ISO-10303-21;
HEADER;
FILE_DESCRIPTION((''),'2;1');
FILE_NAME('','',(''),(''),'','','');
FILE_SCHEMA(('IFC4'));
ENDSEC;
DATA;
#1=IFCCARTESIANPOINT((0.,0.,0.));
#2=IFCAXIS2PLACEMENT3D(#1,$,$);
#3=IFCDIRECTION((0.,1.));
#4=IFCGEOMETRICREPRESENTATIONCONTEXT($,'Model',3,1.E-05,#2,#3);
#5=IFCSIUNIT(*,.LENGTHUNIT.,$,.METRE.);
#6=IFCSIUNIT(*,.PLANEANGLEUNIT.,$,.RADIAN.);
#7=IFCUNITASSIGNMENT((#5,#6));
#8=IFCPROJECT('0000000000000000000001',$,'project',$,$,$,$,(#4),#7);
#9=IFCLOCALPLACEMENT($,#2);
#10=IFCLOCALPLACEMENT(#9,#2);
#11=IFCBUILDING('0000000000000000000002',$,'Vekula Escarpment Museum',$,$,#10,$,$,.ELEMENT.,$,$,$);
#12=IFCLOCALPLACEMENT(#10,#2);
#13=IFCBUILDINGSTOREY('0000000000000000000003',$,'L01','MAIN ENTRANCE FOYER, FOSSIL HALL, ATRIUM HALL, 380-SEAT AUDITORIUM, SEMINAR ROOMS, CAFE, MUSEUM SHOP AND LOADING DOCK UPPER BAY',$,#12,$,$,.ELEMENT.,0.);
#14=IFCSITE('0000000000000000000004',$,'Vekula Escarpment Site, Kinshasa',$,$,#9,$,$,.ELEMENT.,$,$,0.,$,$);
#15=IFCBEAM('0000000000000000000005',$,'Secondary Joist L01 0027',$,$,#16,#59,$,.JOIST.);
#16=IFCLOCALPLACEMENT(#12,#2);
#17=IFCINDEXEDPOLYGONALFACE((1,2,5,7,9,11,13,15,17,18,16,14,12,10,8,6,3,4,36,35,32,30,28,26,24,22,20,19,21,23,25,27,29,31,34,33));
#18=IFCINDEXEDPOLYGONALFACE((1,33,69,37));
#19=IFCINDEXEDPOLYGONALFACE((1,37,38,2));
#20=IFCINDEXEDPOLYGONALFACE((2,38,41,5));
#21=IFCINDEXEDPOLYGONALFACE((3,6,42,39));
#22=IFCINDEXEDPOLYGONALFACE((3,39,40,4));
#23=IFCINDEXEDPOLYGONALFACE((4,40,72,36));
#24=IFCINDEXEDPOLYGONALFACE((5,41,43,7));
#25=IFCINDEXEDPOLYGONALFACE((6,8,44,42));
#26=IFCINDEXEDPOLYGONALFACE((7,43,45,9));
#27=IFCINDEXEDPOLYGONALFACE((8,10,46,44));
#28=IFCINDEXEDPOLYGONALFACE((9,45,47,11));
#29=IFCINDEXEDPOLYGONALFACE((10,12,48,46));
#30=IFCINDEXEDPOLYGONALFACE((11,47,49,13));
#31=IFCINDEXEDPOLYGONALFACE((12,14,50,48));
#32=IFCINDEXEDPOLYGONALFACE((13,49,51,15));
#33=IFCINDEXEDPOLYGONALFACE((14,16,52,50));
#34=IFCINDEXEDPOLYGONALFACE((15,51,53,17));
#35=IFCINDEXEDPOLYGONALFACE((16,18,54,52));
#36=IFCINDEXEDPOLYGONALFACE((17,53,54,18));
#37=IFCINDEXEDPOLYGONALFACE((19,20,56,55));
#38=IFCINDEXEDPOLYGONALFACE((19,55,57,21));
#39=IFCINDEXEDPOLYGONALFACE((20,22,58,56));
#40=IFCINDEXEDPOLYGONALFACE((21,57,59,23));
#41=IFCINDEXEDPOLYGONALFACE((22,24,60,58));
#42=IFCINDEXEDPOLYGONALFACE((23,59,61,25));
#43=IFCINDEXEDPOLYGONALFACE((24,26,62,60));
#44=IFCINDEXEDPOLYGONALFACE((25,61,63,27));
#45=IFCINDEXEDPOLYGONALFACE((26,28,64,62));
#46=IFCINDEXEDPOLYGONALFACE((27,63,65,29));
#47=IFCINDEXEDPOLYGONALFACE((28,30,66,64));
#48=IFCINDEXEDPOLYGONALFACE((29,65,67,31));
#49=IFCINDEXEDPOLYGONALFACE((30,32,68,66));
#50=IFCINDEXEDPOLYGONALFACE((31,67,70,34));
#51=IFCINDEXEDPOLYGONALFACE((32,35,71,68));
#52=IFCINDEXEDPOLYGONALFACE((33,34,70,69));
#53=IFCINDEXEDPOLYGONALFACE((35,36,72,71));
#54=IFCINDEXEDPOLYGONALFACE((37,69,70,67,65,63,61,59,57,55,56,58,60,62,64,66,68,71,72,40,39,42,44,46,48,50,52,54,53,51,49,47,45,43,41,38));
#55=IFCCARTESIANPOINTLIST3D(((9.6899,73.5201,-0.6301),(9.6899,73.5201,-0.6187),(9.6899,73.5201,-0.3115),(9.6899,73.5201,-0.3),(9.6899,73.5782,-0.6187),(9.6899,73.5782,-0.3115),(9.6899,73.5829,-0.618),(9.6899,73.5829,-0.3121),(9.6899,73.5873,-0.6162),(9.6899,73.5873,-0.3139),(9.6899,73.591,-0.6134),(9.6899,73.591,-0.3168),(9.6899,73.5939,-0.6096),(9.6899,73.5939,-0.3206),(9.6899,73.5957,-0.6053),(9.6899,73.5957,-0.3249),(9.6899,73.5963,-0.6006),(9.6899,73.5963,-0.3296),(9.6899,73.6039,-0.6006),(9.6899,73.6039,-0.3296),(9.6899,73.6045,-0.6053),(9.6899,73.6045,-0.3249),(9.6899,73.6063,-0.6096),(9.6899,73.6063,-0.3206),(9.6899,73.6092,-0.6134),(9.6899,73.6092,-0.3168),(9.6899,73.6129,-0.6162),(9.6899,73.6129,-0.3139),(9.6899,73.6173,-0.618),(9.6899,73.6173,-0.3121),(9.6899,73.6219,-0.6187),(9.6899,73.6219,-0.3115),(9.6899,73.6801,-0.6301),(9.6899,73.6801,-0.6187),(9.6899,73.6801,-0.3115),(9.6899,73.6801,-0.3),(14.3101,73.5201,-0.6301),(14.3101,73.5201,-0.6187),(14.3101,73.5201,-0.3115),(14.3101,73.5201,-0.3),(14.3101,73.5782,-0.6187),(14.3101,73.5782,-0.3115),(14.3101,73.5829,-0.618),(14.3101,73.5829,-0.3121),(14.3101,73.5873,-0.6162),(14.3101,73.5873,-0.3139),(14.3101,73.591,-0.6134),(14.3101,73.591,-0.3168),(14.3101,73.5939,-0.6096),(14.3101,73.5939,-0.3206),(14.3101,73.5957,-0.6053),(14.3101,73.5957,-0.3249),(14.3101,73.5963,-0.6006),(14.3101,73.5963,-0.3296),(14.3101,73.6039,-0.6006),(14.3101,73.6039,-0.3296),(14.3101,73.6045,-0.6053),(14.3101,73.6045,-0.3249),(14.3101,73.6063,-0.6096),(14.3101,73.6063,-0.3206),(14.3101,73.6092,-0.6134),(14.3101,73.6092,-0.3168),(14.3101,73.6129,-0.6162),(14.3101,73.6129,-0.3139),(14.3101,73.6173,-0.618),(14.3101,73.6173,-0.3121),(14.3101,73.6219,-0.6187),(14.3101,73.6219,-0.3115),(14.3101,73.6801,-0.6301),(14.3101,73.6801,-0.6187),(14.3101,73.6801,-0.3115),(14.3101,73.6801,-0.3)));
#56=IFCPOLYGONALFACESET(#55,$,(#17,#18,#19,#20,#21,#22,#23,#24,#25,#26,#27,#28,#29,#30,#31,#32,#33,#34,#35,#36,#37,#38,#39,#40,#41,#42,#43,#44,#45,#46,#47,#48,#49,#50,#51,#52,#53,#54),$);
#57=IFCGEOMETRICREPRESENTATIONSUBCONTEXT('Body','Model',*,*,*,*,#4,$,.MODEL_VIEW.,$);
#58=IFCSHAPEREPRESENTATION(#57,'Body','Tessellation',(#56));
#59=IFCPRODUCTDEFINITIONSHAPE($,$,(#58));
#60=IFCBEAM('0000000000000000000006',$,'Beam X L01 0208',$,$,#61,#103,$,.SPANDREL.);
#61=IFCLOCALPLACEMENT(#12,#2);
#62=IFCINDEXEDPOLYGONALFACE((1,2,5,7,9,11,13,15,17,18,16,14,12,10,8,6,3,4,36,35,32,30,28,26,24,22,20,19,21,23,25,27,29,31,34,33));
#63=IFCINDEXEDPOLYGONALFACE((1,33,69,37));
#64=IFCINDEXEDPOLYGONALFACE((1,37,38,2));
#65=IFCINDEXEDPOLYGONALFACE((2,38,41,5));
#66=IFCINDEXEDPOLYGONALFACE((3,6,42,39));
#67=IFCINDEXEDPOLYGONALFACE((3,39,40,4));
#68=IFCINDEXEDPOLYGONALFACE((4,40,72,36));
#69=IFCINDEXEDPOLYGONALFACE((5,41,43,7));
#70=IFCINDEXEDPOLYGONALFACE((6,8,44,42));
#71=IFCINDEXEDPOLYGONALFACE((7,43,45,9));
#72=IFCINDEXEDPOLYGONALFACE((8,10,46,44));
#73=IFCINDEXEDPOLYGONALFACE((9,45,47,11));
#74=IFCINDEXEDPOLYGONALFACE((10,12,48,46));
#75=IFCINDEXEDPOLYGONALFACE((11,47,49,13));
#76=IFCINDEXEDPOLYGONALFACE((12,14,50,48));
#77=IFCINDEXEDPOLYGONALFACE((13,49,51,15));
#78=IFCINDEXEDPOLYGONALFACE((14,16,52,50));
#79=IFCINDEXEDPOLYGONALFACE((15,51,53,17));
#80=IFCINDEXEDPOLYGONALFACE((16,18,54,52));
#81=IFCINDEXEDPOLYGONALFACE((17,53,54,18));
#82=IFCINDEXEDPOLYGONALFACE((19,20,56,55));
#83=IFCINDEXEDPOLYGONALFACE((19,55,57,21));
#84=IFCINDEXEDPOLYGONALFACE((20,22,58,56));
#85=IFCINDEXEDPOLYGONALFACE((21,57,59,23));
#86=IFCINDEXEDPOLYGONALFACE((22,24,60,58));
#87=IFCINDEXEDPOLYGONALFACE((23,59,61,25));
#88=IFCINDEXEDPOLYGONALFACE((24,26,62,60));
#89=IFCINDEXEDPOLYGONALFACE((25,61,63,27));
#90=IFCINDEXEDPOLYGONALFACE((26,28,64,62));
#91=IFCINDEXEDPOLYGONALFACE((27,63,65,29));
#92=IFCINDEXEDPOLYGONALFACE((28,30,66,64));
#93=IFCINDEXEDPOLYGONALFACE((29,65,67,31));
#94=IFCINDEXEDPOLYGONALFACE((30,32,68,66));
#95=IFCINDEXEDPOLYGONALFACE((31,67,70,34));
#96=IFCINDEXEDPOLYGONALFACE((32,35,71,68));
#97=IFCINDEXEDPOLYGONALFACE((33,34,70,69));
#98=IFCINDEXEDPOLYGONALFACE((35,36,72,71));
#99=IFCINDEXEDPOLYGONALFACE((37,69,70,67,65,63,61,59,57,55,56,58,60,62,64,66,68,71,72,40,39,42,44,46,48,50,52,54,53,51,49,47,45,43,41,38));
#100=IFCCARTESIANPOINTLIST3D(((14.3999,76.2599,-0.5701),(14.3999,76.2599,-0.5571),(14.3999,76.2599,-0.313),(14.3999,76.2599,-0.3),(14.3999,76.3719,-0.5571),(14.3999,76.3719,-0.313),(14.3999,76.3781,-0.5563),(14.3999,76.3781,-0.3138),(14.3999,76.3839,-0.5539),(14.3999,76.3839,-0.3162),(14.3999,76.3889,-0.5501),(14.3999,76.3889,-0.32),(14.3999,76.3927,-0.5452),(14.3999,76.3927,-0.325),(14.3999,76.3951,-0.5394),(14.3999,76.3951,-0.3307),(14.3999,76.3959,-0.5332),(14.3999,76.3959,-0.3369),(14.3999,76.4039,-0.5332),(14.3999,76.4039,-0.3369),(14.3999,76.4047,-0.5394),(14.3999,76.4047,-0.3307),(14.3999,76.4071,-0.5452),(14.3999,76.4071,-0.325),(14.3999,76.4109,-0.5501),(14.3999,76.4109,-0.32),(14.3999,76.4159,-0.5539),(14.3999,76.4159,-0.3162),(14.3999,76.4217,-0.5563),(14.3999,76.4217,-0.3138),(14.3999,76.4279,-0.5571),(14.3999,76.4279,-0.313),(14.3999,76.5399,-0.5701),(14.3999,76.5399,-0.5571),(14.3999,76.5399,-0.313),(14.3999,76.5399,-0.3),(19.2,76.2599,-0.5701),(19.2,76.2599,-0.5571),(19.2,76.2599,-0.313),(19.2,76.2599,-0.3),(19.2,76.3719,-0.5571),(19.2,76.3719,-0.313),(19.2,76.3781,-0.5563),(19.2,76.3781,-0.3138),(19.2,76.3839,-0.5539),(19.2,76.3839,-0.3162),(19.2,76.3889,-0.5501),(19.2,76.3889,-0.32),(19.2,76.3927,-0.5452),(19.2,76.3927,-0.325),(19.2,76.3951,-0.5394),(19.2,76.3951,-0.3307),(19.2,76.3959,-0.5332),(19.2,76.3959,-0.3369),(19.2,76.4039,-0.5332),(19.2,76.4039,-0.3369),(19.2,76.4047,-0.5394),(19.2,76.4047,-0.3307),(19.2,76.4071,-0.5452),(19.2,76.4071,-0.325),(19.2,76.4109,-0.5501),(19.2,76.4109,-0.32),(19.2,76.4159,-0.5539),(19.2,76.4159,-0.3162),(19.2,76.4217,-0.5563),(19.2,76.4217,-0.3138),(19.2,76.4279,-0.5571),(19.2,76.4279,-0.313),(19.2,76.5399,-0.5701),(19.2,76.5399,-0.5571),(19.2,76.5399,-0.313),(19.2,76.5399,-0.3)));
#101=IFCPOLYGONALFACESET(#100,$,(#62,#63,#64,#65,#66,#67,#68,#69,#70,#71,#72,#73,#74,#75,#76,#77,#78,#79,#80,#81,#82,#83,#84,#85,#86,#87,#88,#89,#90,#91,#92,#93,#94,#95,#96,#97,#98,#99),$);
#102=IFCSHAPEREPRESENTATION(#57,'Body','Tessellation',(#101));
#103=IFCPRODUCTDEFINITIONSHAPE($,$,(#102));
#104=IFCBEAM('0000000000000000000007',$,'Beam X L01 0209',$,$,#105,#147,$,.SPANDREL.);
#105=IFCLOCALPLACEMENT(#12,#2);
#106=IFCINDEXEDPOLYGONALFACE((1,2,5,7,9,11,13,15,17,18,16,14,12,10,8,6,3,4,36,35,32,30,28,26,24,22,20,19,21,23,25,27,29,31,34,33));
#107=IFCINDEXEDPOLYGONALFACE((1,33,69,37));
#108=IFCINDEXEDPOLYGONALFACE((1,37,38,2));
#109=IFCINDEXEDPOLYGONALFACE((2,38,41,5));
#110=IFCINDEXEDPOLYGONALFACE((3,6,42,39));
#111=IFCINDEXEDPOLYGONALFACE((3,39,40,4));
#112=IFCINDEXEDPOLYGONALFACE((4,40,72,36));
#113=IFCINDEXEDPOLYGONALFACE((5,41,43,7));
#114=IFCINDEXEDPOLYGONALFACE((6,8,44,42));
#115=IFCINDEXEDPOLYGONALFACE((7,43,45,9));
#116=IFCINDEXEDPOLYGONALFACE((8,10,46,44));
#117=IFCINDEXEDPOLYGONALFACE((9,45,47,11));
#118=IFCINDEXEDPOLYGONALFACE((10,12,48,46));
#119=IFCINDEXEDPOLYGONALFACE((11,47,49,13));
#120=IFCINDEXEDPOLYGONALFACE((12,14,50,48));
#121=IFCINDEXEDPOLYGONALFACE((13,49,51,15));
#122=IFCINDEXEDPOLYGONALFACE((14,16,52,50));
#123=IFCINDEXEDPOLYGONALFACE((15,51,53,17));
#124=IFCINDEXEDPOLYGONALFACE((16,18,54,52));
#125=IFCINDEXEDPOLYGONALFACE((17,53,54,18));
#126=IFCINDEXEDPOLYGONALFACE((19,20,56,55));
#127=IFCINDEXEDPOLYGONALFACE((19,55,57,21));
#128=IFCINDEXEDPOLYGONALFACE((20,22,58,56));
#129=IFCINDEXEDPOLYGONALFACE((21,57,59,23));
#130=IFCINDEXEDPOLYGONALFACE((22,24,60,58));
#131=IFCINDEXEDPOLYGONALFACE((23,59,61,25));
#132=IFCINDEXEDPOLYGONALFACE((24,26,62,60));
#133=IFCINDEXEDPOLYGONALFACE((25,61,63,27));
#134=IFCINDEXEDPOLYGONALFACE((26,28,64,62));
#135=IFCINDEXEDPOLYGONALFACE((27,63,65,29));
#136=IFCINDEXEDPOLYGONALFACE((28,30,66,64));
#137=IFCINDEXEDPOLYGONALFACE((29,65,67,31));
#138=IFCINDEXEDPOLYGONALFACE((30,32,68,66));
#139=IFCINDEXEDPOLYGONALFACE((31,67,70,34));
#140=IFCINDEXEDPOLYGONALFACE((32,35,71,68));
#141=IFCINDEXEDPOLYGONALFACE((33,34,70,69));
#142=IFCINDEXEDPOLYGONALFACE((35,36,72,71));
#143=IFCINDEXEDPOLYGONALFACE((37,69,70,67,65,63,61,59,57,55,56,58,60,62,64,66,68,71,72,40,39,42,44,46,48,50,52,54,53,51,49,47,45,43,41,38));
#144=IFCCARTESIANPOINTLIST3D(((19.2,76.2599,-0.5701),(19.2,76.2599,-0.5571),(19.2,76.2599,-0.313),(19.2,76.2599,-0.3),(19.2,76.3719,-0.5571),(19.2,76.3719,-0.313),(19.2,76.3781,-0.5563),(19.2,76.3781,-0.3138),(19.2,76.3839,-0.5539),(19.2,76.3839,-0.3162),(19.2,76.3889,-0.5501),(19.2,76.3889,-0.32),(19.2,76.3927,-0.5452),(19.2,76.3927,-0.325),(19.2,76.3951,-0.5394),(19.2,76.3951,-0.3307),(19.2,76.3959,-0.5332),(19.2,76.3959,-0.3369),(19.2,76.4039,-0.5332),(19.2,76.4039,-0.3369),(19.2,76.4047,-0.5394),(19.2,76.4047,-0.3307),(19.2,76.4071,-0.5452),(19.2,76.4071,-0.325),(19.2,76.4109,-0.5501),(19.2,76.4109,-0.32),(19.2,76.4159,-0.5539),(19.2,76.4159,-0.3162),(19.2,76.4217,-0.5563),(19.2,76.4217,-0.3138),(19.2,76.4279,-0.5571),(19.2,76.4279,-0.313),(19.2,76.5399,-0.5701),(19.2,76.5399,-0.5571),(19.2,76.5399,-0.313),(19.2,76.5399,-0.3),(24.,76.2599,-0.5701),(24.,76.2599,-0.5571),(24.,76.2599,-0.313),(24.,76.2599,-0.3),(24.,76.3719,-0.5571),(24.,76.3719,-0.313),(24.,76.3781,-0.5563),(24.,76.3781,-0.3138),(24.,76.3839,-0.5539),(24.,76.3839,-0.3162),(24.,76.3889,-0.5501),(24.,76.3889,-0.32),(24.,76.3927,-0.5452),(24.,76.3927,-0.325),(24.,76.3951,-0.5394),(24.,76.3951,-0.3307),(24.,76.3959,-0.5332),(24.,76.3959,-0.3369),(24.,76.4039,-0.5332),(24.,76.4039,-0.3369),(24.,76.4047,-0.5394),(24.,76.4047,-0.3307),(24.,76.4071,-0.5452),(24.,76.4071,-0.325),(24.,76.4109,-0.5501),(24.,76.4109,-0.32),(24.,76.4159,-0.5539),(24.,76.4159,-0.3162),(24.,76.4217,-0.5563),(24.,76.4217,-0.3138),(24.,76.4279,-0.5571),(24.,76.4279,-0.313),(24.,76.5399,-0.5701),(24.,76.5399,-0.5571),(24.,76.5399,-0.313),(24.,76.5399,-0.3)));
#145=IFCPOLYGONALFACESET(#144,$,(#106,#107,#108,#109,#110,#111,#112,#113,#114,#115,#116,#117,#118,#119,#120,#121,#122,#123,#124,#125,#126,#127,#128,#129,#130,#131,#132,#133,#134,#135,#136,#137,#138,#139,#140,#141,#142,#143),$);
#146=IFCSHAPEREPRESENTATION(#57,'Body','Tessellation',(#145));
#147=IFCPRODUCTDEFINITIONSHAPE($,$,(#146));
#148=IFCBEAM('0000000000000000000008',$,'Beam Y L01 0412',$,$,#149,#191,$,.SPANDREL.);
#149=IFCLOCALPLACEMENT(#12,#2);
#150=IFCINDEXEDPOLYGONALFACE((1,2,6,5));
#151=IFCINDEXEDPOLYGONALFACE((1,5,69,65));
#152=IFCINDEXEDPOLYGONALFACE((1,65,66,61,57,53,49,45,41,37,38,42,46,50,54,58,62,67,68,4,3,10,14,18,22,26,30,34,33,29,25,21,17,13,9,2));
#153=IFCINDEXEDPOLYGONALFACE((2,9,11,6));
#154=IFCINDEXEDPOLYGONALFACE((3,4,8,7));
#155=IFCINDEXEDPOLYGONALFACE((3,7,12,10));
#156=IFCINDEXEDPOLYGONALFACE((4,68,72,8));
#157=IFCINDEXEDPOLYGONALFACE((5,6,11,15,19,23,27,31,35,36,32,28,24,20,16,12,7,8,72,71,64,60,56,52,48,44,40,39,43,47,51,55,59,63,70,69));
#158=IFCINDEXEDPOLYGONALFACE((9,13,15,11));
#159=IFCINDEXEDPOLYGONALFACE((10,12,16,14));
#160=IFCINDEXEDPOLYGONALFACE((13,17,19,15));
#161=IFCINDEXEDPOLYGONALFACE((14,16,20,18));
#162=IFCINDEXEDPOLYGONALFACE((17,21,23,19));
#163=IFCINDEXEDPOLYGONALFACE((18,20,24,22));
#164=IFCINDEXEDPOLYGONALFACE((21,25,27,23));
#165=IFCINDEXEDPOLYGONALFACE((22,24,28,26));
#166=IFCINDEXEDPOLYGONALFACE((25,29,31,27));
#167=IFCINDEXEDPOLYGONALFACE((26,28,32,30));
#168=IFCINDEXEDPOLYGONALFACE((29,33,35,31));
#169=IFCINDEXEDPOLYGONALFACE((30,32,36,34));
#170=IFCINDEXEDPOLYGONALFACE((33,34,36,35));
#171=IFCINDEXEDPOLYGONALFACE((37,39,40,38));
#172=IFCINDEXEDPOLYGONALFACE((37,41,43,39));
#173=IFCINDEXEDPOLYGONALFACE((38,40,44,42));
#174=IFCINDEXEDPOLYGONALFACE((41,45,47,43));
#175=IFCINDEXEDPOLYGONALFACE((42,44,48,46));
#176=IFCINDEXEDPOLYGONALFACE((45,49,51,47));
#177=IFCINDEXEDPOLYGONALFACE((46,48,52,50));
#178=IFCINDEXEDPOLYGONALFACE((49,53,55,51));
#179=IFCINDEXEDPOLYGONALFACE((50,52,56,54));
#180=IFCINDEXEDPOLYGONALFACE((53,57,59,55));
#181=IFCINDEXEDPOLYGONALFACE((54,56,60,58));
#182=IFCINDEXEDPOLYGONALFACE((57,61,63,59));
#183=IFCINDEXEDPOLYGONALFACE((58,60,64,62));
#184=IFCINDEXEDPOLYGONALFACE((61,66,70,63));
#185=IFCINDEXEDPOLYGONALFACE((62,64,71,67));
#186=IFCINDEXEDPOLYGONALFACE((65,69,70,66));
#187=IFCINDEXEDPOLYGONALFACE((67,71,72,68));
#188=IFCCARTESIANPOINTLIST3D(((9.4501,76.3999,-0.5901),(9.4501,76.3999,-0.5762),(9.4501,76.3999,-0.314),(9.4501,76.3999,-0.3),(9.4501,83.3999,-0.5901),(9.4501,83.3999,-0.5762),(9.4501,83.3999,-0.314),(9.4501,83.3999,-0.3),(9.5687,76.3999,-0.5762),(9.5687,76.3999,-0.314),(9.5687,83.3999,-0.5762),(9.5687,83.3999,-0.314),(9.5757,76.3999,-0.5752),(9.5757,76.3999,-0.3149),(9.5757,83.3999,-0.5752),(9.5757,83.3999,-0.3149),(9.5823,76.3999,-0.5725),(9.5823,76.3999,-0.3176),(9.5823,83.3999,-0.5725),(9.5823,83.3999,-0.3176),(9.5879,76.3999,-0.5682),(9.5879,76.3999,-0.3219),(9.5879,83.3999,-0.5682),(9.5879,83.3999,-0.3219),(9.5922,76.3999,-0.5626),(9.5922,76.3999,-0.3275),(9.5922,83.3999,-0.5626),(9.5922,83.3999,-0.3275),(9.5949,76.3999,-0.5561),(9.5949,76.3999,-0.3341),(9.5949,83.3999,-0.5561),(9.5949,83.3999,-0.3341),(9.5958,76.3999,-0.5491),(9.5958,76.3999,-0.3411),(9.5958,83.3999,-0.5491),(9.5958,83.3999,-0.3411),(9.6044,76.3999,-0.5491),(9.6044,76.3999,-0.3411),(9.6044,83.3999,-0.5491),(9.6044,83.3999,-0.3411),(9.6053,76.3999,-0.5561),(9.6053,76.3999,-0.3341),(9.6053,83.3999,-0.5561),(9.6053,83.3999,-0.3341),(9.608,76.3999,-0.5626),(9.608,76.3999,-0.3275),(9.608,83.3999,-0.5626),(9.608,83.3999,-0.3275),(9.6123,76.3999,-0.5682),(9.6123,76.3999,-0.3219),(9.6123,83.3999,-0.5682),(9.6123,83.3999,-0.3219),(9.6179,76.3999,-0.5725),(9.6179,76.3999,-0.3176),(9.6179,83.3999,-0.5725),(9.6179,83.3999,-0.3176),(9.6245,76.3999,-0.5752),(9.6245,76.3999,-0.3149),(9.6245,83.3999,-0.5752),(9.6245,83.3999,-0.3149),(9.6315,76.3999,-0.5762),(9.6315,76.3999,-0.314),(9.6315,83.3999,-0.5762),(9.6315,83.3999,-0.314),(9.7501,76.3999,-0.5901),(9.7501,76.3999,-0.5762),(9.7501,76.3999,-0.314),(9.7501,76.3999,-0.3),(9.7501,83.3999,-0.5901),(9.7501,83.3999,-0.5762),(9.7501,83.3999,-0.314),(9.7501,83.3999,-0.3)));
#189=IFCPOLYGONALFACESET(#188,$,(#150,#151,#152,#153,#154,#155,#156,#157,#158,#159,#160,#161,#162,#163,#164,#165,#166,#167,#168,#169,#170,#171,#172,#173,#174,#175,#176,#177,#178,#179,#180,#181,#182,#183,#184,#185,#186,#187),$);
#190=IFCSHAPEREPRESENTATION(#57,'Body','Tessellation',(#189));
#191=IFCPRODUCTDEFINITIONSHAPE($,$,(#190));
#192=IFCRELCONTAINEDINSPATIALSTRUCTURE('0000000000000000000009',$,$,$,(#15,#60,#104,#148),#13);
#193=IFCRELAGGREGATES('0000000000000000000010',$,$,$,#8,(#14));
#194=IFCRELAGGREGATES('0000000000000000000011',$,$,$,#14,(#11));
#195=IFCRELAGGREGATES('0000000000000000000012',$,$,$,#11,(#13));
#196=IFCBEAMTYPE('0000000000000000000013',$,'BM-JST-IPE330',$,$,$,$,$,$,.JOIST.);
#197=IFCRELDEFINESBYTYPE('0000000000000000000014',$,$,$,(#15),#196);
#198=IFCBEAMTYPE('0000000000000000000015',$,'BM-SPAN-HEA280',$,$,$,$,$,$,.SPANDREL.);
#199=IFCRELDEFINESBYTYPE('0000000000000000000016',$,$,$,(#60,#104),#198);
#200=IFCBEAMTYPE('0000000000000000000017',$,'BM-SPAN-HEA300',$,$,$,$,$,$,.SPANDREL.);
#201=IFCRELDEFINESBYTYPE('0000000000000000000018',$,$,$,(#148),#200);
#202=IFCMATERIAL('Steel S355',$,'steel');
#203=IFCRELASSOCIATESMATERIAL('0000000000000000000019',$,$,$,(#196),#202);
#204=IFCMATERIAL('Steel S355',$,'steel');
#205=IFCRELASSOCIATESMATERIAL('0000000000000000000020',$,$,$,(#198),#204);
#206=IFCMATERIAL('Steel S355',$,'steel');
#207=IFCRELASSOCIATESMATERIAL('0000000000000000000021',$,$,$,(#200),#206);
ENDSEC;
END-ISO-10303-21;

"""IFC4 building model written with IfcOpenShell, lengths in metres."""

from ifc_helpers import new_model, si_unit, direction, frame, origin, origin_2d, place, context, subcontext, project, spatial, i_section, extrude, material, material_profile, profile_set, type_object, element, save


model = new_model("IFC4")

# Units and contexts
model_context = context("Model", 3, precision=1e-05, world=origin(), true_north=direction((0.0, 1.0)))
body_context = subcontext(model_context, "Body", "Model", "MODEL_VIEW")
ifc_project = project(units=[si_unit("LENGTHUNIT", "METRE"), si_unit("PLANEANGLEUNIT", "RADIAN")], contexts=[model_context])

# Site, building, storey
site_placement = place(None, origin())
site = spatial("IfcSite", under=ifc_project, at=site_placement, Name="Vekula Escarpment Site, Kinshasa", CompositionType="ELEMENT", RefElevation=0.0)
building_placement = place(site_placement, origin())
building = spatial("IfcBuilding", under=site, at=building_placement, Name="Vekula Escarpment Museum", CompositionType="ELEMENT")
storey_placement = place(building_placement, origin())
storey = spatial("IfcBuildingStorey", under=building, at=storey_placement, Name="L01", Description="MAIN ENTRANCE FOYER, FOSSIL HALL, ATRIUM HALL, 380-SEAT AUDITORIUM, SEMINAR ROOMS, CAFE, MUSEUM SHOP AND LOADING DOCK UPPER BAY", CompositionType="ELEMENT", Elevation=0.0)

# Beams
ifc_material_1 = material(Name="Steel S355", Category="steel")
ifc_material_profile_1 = material_profile(ifc_material_1, i_section(OverallWidth=0.1599, OverallDepth=0.3301, WebThickness=0.0076, FlangeThickness=0.0115, FilletRadius=0.0181, at=origin_2d()), Name="IPE 330")
ifc_profile_set_1 = profile_set([ifc_material_profile_1], Name="Steel S355")
beam_type_1 = type_object("IfcBeamType", Name="BM-JST-IPE330", PredefinedType="JOIST", material=ifc_profile_set_1)
for number, where, z_axis, x_axis, name in (
    (1, (9.6899, 73.6001, -0.4651), (1.0, 0.0, 0.0), (0.0, 1.0, 0.0), "Secondary Joist L01 0027"),
):
    element("IfcBeam", number, at=place(storey_placement, frame(where, z_axis=z_axis, x_axis=x_axis)), inside=storey, type_object=beam_type_1, Name=name, PredefinedType="JOIST", context=body_context, shape_type="SweptSolid", body=[
        extrude(i_section(OverallWidth=0.1599, OverallDepth=0.3301, WebThickness=0.0076, FlangeThickness=0.0115, FilletRadius=0.0181, at=origin_2d()), origin(), (0.0, 0.0, 1.0), 4.6201),
    ])
ifc_material_2 = material(Name="Steel S355", Category="steel")
ifc_material_profile_2 = material_profile(ifc_material_2, i_section(OverallWidth=0.28, OverallDepth=0.27, WebThickness=0.0081, FlangeThickness=0.0129, FilletRadius=0.0239, at=origin_2d()), Name="HEA 280")
ifc_profile_set_2 = profile_set([ifc_material_profile_2], Name="Steel S355")
beam_type_2 = type_object("IfcBeamType", Name="BM-SPAN-HEA280", PredefinedType="SPANDREL", material=ifc_profile_set_2)
for number, where, z_axis, x_axis, name in (
    (2, (14.3999, 76.3999, -0.4351), (1.0, 0.0, 0.0), (0.0, 1.0, 0.0), "Beam X L01 0208"),
    (3, (19.2, 76.3999, -0.4351), (1.0, 0.0, 0.0), (0.0, 1.0, 0.0), "Beam X L01 0209"),
):
    element("IfcBeam", number, at=place(storey_placement, frame(where, z_axis=z_axis, x_axis=x_axis)), inside=storey, type_object=beam_type_2, Name=name, PredefinedType="SPANDREL", context=body_context, shape_type="SweptSolid", body=[
        extrude(i_section(OverallWidth=0.28, OverallDepth=0.27, WebThickness=0.0081, FlangeThickness=0.0129, FilletRadius=0.0239, at=origin_2d()), origin(), (0.0, 0.0, 1.0), 4.8),
    ])
ifc_material_3 = material(Name="Steel S355", Category="steel")
ifc_material_profile_3 = material_profile(ifc_material_3, i_section(OverallWidth=0.3, OverallDepth=0.29, WebThickness=0.0085, FlangeThickness=0.0139, FilletRadius=0.0271, at=origin_2d()), Name="HEA 300")
ifc_profile_set_3 = profile_set([ifc_material_profile_3], Name="Steel S355")
beam_type_3 = type_object("IfcBeamType", Name="BM-SPAN-HEA300", PredefinedType="SPANDREL", material=ifc_profile_set_3)
for number, where, z_axis, x_axis, name in (
    (4, (9.6001, 76.3999, -0.4451), (0.0, 1.0, 0.0), (-1.0, 0.0, 0.0), "Beam Y L01 0412"),
):
    element("IfcBeam", number, at=place(storey_placement, frame(where, z_axis=z_axis, x_axis=x_axis)), inside=storey, type_object=beam_type_3, Name=name, PredefinedType="SPANDREL", context=body_context, shape_type="SweptSolid", body=[
        extrude(i_section(OverallWidth=0.3, OverallDepth=0.29, WebThickness=0.0085, FlangeThickness=0.0139, FilletRadius=0.0271, at=origin_2d()), origin(), (0.0, 0.0, 1.0), 7.0),
    ])

save(model, "model.ifc")
